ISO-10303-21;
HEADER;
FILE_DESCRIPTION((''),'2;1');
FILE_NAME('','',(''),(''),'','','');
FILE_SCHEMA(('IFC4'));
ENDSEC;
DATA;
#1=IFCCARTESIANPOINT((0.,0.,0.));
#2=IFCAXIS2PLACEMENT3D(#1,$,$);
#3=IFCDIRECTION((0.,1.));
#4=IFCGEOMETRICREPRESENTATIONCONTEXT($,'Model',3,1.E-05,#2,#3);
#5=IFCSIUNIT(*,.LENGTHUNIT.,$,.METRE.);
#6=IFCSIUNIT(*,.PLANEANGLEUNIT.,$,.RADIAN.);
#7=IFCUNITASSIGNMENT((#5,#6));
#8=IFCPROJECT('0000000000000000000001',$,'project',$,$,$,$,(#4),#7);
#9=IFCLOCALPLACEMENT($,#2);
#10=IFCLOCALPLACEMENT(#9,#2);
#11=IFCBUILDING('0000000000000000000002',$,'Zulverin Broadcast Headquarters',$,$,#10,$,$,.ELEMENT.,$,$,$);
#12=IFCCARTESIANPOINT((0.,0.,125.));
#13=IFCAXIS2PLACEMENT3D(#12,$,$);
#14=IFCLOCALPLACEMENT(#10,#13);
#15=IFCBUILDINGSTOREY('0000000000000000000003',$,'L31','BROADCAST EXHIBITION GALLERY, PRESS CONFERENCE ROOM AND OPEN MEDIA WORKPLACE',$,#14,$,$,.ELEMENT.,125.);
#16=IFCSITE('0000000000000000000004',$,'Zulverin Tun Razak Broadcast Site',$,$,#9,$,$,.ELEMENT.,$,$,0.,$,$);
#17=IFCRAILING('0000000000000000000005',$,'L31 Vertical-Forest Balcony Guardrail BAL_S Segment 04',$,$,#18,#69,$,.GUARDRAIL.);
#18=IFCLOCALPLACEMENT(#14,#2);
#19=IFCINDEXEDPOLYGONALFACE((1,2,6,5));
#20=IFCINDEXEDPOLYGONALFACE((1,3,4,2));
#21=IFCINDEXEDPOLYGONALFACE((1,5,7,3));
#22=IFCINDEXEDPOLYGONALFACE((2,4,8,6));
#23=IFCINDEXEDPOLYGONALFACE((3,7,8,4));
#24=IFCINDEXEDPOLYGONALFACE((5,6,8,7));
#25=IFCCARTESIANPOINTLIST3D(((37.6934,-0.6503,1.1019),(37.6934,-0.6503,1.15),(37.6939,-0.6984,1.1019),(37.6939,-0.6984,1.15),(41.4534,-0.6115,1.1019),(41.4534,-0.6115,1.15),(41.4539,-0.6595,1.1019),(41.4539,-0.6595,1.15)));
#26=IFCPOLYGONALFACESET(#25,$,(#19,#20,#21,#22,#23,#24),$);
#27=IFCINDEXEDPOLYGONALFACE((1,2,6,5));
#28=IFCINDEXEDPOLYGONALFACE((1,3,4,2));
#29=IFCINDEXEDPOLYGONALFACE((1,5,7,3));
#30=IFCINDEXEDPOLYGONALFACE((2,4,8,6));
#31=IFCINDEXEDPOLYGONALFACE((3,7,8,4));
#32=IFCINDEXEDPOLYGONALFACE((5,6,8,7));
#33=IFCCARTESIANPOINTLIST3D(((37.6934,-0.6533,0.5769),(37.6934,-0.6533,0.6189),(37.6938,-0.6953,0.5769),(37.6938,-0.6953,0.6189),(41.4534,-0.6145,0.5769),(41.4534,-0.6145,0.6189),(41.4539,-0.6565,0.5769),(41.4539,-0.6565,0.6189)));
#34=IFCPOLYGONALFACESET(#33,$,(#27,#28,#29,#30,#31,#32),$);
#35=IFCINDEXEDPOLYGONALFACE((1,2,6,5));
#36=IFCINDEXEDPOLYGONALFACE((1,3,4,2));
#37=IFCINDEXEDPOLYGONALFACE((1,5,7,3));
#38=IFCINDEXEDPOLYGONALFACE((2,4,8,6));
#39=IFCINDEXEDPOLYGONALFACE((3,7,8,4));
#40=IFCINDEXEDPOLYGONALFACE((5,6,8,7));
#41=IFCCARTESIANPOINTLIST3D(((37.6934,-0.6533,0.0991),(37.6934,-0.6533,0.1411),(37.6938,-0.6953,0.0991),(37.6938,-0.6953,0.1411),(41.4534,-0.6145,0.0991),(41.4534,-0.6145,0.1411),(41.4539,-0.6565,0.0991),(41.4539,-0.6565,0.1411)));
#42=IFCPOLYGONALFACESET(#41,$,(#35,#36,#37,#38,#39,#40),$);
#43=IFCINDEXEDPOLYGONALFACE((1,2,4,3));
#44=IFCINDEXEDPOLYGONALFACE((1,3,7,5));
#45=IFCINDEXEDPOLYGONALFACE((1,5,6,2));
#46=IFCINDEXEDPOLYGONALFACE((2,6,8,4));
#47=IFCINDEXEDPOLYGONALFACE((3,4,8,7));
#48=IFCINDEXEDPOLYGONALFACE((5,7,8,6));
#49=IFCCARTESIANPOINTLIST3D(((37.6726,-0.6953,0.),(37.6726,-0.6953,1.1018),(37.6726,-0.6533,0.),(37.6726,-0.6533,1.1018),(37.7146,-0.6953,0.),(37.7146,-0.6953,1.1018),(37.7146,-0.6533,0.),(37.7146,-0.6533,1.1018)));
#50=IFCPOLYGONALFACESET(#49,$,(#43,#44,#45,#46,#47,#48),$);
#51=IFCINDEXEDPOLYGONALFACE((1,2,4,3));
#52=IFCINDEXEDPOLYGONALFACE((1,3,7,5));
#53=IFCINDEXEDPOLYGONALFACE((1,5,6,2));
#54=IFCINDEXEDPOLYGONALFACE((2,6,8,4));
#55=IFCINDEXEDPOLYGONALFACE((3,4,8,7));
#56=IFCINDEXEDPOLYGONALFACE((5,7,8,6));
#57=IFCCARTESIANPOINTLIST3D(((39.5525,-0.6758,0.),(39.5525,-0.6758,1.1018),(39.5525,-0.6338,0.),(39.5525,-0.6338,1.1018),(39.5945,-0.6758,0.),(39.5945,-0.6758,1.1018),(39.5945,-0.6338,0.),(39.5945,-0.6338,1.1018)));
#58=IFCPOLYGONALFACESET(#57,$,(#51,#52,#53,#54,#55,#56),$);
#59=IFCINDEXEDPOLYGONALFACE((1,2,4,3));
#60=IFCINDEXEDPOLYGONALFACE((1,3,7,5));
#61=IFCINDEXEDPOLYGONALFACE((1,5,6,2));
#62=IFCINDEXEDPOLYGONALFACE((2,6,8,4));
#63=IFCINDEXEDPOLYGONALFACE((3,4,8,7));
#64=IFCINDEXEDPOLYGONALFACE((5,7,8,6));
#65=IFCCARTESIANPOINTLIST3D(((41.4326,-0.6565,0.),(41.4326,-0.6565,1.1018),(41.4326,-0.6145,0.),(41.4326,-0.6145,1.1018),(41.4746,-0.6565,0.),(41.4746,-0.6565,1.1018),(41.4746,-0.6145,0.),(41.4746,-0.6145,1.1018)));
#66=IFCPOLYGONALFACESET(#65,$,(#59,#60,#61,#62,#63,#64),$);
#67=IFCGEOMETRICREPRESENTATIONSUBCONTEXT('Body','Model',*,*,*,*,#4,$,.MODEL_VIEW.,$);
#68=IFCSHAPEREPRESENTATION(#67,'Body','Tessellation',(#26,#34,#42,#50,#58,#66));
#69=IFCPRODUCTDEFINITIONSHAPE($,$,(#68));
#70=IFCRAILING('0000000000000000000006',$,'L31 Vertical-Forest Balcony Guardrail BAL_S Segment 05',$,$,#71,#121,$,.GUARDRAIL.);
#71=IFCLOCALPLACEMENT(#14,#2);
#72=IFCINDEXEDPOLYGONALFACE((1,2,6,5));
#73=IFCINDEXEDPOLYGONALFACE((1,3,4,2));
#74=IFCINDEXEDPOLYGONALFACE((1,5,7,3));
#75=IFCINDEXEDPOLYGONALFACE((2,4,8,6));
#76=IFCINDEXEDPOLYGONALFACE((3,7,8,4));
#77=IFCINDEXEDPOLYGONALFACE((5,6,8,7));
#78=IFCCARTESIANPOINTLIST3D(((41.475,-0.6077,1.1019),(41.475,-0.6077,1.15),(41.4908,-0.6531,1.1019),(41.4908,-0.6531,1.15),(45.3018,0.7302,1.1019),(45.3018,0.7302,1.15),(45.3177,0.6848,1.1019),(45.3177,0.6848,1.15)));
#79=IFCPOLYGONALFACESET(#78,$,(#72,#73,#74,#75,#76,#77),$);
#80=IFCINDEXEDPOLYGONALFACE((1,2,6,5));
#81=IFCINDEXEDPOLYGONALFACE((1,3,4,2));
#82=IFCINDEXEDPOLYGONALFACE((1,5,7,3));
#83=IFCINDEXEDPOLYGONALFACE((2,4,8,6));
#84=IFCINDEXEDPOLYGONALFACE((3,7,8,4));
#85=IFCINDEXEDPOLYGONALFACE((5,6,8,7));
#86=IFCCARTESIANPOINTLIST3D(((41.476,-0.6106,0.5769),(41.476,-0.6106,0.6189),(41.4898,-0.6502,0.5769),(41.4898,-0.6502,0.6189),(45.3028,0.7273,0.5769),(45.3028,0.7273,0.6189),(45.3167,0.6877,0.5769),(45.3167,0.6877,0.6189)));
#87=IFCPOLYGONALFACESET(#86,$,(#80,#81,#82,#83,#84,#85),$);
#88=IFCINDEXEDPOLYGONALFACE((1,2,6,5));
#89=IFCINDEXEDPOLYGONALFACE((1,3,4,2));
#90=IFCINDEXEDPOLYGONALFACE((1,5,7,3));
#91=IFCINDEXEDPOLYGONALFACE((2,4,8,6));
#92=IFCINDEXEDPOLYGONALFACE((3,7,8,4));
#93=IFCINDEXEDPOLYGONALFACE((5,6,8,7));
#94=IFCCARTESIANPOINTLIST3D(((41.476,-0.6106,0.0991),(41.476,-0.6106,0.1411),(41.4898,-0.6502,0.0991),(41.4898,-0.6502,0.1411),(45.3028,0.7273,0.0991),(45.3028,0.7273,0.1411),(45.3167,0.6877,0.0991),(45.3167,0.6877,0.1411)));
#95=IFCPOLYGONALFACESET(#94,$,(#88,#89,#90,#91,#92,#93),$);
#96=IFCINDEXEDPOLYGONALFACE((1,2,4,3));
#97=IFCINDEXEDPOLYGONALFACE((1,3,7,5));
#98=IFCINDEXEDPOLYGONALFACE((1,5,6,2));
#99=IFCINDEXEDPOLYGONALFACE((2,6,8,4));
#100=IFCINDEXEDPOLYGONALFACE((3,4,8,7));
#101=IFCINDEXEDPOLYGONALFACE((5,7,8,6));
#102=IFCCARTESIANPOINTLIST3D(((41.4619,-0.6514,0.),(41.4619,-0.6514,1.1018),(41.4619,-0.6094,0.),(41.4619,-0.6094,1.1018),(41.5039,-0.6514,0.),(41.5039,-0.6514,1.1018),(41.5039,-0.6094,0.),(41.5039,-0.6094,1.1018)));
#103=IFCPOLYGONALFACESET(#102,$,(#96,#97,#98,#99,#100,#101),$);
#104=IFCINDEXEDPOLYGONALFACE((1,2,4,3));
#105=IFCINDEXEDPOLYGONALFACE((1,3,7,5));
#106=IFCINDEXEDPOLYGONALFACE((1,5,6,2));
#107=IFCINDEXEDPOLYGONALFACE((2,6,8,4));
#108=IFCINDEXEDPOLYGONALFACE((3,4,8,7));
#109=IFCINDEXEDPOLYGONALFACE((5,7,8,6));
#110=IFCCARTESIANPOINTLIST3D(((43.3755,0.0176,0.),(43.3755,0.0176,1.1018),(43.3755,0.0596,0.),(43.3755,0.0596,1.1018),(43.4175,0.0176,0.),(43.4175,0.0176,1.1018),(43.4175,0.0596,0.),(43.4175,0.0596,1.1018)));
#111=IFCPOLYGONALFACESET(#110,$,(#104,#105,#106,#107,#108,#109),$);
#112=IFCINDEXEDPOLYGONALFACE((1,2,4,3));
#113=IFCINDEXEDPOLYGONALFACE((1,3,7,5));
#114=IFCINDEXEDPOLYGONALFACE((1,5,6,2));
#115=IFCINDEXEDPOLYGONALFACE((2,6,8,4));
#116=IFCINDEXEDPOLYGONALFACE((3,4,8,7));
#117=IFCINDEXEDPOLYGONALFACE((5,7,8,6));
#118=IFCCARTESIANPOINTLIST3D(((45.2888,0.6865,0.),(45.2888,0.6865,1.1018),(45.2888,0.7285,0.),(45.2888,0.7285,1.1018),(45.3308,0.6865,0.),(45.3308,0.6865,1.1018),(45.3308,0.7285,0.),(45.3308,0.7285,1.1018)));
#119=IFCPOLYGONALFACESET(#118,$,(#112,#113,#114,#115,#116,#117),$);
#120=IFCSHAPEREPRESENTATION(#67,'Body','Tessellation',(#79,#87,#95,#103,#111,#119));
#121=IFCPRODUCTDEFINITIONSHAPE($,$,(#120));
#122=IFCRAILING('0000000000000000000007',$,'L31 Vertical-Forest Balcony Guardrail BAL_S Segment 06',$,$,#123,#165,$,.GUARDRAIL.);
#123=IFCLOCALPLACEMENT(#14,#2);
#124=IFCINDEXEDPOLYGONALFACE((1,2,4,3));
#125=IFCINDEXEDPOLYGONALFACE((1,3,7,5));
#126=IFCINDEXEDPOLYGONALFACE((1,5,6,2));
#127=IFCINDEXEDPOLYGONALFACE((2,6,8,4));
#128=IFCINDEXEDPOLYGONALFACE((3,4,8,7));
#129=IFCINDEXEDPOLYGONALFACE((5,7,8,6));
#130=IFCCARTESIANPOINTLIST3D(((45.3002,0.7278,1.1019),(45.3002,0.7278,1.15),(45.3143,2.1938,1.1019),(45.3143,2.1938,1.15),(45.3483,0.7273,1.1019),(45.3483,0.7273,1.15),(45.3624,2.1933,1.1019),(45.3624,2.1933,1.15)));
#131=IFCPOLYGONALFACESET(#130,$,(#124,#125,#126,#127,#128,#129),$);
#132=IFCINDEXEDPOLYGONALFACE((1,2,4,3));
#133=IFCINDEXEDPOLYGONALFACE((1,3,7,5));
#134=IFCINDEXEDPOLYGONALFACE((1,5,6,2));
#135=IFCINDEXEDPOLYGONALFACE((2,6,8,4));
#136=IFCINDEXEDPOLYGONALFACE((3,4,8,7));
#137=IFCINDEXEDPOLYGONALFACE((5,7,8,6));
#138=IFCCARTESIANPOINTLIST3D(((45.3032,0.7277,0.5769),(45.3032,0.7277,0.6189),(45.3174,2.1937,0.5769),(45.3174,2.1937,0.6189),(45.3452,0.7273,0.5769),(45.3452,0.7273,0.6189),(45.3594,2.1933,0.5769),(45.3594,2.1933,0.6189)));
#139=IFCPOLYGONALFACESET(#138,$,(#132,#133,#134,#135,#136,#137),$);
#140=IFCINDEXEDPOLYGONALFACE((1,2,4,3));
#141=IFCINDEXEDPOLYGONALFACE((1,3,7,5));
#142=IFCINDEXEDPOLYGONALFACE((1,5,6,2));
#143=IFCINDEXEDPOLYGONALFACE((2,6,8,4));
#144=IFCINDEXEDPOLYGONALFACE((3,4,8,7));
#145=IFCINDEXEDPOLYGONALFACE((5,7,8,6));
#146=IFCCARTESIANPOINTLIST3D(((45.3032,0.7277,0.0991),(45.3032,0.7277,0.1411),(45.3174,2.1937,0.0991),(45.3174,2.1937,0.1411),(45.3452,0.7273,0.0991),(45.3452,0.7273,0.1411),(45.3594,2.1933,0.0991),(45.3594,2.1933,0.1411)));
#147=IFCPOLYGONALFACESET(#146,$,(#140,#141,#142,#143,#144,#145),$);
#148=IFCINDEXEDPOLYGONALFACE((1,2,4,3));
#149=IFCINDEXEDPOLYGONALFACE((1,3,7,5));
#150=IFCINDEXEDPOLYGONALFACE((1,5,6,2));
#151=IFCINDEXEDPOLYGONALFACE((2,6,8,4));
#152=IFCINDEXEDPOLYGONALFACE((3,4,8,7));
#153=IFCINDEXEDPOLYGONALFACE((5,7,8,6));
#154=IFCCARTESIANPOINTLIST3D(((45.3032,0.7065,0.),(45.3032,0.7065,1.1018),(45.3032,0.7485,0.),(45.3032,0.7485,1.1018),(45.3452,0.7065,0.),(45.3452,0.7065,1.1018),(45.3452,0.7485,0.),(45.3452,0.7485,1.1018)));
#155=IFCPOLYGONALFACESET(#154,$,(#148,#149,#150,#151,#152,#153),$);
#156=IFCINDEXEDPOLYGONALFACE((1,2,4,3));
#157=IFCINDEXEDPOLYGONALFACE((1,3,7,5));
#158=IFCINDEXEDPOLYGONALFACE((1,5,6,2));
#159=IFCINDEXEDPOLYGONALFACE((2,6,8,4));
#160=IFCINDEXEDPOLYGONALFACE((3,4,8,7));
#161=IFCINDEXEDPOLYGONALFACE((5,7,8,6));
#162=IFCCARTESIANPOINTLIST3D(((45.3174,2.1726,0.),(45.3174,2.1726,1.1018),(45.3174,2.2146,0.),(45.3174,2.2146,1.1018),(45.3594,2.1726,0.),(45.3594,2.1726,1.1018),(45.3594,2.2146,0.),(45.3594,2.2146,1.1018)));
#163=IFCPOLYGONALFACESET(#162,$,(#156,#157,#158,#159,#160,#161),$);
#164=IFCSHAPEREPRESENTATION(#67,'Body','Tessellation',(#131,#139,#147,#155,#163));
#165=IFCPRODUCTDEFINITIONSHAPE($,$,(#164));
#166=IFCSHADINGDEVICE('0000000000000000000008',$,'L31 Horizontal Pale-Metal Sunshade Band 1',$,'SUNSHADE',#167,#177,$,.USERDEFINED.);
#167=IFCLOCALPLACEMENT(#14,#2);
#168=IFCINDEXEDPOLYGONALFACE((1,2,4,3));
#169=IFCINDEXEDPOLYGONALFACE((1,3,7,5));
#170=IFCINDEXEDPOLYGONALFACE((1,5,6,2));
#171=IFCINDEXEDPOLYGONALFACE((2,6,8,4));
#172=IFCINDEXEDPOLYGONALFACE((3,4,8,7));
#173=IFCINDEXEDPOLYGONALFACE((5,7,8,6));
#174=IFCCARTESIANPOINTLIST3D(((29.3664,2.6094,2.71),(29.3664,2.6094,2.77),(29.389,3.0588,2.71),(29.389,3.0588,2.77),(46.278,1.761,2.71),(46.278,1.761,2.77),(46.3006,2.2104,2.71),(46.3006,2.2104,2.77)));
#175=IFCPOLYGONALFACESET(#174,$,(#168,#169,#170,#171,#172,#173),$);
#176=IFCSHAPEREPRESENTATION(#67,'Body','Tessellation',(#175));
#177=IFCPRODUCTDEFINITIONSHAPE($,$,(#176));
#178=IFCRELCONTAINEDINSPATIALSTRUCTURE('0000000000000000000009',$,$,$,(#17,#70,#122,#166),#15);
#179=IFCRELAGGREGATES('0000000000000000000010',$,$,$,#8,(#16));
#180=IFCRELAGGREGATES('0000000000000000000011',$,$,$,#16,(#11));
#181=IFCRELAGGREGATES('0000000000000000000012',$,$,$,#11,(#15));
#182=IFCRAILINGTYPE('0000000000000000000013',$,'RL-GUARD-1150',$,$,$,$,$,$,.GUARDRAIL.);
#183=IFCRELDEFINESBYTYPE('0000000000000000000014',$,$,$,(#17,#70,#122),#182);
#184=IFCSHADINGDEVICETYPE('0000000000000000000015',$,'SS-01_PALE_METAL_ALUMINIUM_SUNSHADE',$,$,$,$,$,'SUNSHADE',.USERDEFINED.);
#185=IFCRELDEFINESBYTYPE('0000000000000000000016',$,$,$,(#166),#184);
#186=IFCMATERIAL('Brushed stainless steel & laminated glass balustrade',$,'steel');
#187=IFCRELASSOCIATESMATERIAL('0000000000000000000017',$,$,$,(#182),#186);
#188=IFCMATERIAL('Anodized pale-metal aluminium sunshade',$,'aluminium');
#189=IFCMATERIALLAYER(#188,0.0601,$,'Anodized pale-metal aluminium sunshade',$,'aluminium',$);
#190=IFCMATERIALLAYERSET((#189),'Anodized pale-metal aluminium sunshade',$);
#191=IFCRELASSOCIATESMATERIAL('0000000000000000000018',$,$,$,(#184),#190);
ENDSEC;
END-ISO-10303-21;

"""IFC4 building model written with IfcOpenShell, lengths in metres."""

from ifc_helpers import new_model, si_unit, direction, frame, origin, origin_2d, place, context, subcontext, project, spatial, rectangle, extrude, material, layer, layer_set, type_object, element, save


model = new_model("IFC4")

# Units and contexts
model_context = context("Model", 3, precision=1e-05, world=origin(), true_north=direction((0.0, 1.0)))
body_context = subcontext(model_context, "Body", "Model", "MODEL_VIEW")
ifc_project = project(units=[si_unit("LENGTHUNIT", "METRE"), si_unit("PLANEANGLEUNIT", "RADIAN")], contexts=[model_context])

# Site, building, storey
site_placement = place(None, origin())
site = spatial("IfcSite", under=ifc_project, at=site_placement, Name="Zulverin Tun Razak Broadcast Site", CompositionType="ELEMENT", RefElevation=0.0)
building_placement = place(site_placement, origin())
building = spatial("IfcBuilding", under=site, at=building_placement, Name="Zulverin Broadcast Headquarters", CompositionType="ELEMENT")
storey_placement = place(building_placement, frame((0.0, 0.0, 125.0)))
storey = spatial("IfcBuildingStorey", under=building, at=storey_placement, Name="L31", Description="BROADCAST EXHIBITION GALLERY, PRESS CONFERENCE ROOM AND OPEN MEDIA WORKPLACE", CompositionType="ELEMENT", Elevation=125.0)

# Railings
ifc_material_1 = material(Name="Brushed stainless steel & laminated glass balustrade", Category="steel")
railing_type = type_object("IfcRailingType", Name="RL-GUARD-1150", PredefinedType="GUARDRAIL", material=ifc_material_1)
railing_1_placement = place(storey_placement, frame((37.6936, -0.6743, 0.0)))
element("IfcRailing", 1, at=railing_1_placement, inside=storey, type_object=railing_type, Name="L31 Vertical-Forest Balcony Guardrail BAL_S Segment 04", PredefinedType="GUARDRAIL", context=body_context, shape_type="SweptSolid", body=[
    extrude(rectangle(XDim=0.0481, YDim=0.0481, at=origin_2d()), frame((0.0, 0.0, 1.126), z_axis=(0.999947, 0.010323, 0.0), x_axis=(-0.010323, 0.999947, 0.0)), (0.0, 0.0, 1.0), 3.7603),
    extrude(rectangle(XDim=0.042, YDim=0.042, at=origin_2d()), frame((0.0, 0.0, 0.5979), z_axis=(0.999947, 0.010323, 0.0), x_axis=(-0.010323, 0.999947, 0.0)), (0.0, 0.0, 1.0), 3.7603),
    extrude(rectangle(XDim=0.042, YDim=0.042, at=origin_2d()), frame((0.0, 0.0, 0.1201), z_axis=(0.999947, 0.010323, 0.0), x_axis=(-0.010323, 0.999947, 0.0)), (0.0, 0.0, 1.0), 3.7603),
    extrude(rectangle(XDim=0.042, YDim=0.042, at=origin_2d()), origin(), (0.0, 0.0, 1.0), 1.1018),
    extrude(rectangle(XDim=0.042, YDim=0.042, at=origin_2d()), frame((1.8799, 0.0195, 0.0)), (0.0, 0.0, 1.0), 1.1018),
    extrude(rectangle(XDim=0.042, YDim=0.042, at=origin_2d()), frame((3.76, 0.0388, 0.0)), (0.0, 0.0, 1.0), 1.1018),
])
railing_2_placement = place(storey_placement, frame((41.4829, -0.6304, 0.0)))
element("IfcRailing", 2, at=railing_2_placement, inside=storey, type_object=railing_type, Name="L31 Vertical-Forest Balcony Guardrail BAL_S Segment 05", PredefinedType="GUARDRAIL", context=body_context, shape_type="SweptSolid", body=[
    extrude(rectangle(XDim=0.0481, YDim=0.0481, at=origin_2d()), frame((0.0, 0.0, 1.126), z_axis=(0.943976, 0.330015, 0.0), x_axis=(-0.330015, 0.943976, 0.0)), (0.0, 0.0, 1.0), 4.054),
    extrude(rectangle(XDim=0.042, YDim=0.042, at=origin_2d()), frame((0.0, 0.0, 0.5979), z_axis=(0.943976, 0.330015, 0.0), x_axis=(-0.330015, 0.943976, 0.0)), (0.0, 0.0, 1.0), 4.054),
    extrude(rectangle(XDim=0.042, YDim=0.042, at=origin_2d()), frame((0.0, 0.0, 0.1201), z_axis=(0.943976, 0.330015, 0.0), x_axis=(-0.330015, 0.943976, 0.0)), (0.0, 0.0, 1.0), 4.054),
    extrude(rectangle(XDim=0.042, YDim=0.042, at=origin_2d()), origin(), (0.0, 0.0, 1.0), 1.1018),
    extrude(rectangle(XDim=0.042, YDim=0.042, at=origin_2d()), frame((1.9136, 0.6689, 0.0)), (0.0, 0.0, 1.0), 1.1018),
    extrude(rectangle(XDim=0.042, YDim=0.042, at=origin_2d()), frame((3.8269, 1.3379, 0.0)), (0.0, 0.0, 1.0), 1.1018),
])
railing_3_placement = place(storey_placement, frame((45.3242, 0.7275, 0.0)))
element("IfcRailing", 3, at=railing_3_placement, inside=storey, type_object=railing_type, Name="L31 Vertical-Forest Balcony Guardrail BAL_S Segment 06", PredefinedType="GUARDRAIL", context=body_context, shape_type="SweptSolid", body=[
    extrude(rectangle(XDim=0.0481, YDim=0.0481, at=origin_2d()), frame((0.0, 0.0, 1.126), z_axis=(0.009658, 0.999953, 0.0), x_axis=(-0.999953, 0.009658, 0.0)), (0.0, 0.0, 1.0), 1.4661),
    extrude(rectangle(XDim=0.042, YDim=0.042, at=origin_2d()), frame((0.0, 0.0, 0.5979), z_axis=(0.009658, 0.999953, 0.0), x_axis=(-0.999953, 0.009658, 0.0)), (0.0, 0.0, 1.0), 1.4661),
    extrude(rectangle(XDim=0.042, YDim=0.042, at=origin_2d()), frame((0.0, 0.0, 0.1201), z_axis=(0.009658, 0.999953, 0.0), x_axis=(-0.999953, 0.009658, 0.0)), (0.0, 0.0, 1.0), 1.4661),
    extrude(rectangle(XDim=0.042, YDim=0.042, at=origin_2d()), origin(), (0.0, 0.0, 1.0), 1.1018),
    extrude(rectangle(XDim=0.042, YDim=0.042, at=origin_2d()), frame((0.0142, 1.4661, 0.0)), (0.0, 0.0, 1.0), 1.1018),
])

# Shading device
ifc_material_2 = material(Name="Anodized pale-metal aluminium sunshade", Category="aluminium")
ifc_layer_1 = layer(ifc_material_2, 0.0601, Name="Anodized pale-metal aluminium sunshade", Category="aluminium")
ifc_layer_set_1 = layer_set([ifc_layer_1], Name="Anodized pale-metal aluminium sunshade")
shading_device_type = type_object("IfcShadingDeviceType", Name="SS-01_PALE_METAL_ALUMINIUM_SUNSHADE", ElementType="SUNSHADE", PredefinedType="USERDEFINED", material=ifc_layer_set_1)
shading_device_placement = place(storey_placement, frame((37.8335, 2.4099, 2.71), z_axis=(0.0, 0.0, 1.0), x_axis=(0.998744, -0.050107, 0.0)))
element("IfcShadingDevice", 4, at=shading_device_placement, inside=storey, type_object=shading_device_type, Name="L31 Horizontal Pale-Metal Sunshade Band 1", ObjectType="SUNSHADE", PredefinedType="USERDEFINED", context=body_context, shape_type="SweptSolid", body=[
    extrude(rectangle(XDim=16.9329, YDim=0.45, at=origin_2d()), origin(), (0.0, 0.0, 1.0), 0.0601),
])

save(model, "model.ifc")
